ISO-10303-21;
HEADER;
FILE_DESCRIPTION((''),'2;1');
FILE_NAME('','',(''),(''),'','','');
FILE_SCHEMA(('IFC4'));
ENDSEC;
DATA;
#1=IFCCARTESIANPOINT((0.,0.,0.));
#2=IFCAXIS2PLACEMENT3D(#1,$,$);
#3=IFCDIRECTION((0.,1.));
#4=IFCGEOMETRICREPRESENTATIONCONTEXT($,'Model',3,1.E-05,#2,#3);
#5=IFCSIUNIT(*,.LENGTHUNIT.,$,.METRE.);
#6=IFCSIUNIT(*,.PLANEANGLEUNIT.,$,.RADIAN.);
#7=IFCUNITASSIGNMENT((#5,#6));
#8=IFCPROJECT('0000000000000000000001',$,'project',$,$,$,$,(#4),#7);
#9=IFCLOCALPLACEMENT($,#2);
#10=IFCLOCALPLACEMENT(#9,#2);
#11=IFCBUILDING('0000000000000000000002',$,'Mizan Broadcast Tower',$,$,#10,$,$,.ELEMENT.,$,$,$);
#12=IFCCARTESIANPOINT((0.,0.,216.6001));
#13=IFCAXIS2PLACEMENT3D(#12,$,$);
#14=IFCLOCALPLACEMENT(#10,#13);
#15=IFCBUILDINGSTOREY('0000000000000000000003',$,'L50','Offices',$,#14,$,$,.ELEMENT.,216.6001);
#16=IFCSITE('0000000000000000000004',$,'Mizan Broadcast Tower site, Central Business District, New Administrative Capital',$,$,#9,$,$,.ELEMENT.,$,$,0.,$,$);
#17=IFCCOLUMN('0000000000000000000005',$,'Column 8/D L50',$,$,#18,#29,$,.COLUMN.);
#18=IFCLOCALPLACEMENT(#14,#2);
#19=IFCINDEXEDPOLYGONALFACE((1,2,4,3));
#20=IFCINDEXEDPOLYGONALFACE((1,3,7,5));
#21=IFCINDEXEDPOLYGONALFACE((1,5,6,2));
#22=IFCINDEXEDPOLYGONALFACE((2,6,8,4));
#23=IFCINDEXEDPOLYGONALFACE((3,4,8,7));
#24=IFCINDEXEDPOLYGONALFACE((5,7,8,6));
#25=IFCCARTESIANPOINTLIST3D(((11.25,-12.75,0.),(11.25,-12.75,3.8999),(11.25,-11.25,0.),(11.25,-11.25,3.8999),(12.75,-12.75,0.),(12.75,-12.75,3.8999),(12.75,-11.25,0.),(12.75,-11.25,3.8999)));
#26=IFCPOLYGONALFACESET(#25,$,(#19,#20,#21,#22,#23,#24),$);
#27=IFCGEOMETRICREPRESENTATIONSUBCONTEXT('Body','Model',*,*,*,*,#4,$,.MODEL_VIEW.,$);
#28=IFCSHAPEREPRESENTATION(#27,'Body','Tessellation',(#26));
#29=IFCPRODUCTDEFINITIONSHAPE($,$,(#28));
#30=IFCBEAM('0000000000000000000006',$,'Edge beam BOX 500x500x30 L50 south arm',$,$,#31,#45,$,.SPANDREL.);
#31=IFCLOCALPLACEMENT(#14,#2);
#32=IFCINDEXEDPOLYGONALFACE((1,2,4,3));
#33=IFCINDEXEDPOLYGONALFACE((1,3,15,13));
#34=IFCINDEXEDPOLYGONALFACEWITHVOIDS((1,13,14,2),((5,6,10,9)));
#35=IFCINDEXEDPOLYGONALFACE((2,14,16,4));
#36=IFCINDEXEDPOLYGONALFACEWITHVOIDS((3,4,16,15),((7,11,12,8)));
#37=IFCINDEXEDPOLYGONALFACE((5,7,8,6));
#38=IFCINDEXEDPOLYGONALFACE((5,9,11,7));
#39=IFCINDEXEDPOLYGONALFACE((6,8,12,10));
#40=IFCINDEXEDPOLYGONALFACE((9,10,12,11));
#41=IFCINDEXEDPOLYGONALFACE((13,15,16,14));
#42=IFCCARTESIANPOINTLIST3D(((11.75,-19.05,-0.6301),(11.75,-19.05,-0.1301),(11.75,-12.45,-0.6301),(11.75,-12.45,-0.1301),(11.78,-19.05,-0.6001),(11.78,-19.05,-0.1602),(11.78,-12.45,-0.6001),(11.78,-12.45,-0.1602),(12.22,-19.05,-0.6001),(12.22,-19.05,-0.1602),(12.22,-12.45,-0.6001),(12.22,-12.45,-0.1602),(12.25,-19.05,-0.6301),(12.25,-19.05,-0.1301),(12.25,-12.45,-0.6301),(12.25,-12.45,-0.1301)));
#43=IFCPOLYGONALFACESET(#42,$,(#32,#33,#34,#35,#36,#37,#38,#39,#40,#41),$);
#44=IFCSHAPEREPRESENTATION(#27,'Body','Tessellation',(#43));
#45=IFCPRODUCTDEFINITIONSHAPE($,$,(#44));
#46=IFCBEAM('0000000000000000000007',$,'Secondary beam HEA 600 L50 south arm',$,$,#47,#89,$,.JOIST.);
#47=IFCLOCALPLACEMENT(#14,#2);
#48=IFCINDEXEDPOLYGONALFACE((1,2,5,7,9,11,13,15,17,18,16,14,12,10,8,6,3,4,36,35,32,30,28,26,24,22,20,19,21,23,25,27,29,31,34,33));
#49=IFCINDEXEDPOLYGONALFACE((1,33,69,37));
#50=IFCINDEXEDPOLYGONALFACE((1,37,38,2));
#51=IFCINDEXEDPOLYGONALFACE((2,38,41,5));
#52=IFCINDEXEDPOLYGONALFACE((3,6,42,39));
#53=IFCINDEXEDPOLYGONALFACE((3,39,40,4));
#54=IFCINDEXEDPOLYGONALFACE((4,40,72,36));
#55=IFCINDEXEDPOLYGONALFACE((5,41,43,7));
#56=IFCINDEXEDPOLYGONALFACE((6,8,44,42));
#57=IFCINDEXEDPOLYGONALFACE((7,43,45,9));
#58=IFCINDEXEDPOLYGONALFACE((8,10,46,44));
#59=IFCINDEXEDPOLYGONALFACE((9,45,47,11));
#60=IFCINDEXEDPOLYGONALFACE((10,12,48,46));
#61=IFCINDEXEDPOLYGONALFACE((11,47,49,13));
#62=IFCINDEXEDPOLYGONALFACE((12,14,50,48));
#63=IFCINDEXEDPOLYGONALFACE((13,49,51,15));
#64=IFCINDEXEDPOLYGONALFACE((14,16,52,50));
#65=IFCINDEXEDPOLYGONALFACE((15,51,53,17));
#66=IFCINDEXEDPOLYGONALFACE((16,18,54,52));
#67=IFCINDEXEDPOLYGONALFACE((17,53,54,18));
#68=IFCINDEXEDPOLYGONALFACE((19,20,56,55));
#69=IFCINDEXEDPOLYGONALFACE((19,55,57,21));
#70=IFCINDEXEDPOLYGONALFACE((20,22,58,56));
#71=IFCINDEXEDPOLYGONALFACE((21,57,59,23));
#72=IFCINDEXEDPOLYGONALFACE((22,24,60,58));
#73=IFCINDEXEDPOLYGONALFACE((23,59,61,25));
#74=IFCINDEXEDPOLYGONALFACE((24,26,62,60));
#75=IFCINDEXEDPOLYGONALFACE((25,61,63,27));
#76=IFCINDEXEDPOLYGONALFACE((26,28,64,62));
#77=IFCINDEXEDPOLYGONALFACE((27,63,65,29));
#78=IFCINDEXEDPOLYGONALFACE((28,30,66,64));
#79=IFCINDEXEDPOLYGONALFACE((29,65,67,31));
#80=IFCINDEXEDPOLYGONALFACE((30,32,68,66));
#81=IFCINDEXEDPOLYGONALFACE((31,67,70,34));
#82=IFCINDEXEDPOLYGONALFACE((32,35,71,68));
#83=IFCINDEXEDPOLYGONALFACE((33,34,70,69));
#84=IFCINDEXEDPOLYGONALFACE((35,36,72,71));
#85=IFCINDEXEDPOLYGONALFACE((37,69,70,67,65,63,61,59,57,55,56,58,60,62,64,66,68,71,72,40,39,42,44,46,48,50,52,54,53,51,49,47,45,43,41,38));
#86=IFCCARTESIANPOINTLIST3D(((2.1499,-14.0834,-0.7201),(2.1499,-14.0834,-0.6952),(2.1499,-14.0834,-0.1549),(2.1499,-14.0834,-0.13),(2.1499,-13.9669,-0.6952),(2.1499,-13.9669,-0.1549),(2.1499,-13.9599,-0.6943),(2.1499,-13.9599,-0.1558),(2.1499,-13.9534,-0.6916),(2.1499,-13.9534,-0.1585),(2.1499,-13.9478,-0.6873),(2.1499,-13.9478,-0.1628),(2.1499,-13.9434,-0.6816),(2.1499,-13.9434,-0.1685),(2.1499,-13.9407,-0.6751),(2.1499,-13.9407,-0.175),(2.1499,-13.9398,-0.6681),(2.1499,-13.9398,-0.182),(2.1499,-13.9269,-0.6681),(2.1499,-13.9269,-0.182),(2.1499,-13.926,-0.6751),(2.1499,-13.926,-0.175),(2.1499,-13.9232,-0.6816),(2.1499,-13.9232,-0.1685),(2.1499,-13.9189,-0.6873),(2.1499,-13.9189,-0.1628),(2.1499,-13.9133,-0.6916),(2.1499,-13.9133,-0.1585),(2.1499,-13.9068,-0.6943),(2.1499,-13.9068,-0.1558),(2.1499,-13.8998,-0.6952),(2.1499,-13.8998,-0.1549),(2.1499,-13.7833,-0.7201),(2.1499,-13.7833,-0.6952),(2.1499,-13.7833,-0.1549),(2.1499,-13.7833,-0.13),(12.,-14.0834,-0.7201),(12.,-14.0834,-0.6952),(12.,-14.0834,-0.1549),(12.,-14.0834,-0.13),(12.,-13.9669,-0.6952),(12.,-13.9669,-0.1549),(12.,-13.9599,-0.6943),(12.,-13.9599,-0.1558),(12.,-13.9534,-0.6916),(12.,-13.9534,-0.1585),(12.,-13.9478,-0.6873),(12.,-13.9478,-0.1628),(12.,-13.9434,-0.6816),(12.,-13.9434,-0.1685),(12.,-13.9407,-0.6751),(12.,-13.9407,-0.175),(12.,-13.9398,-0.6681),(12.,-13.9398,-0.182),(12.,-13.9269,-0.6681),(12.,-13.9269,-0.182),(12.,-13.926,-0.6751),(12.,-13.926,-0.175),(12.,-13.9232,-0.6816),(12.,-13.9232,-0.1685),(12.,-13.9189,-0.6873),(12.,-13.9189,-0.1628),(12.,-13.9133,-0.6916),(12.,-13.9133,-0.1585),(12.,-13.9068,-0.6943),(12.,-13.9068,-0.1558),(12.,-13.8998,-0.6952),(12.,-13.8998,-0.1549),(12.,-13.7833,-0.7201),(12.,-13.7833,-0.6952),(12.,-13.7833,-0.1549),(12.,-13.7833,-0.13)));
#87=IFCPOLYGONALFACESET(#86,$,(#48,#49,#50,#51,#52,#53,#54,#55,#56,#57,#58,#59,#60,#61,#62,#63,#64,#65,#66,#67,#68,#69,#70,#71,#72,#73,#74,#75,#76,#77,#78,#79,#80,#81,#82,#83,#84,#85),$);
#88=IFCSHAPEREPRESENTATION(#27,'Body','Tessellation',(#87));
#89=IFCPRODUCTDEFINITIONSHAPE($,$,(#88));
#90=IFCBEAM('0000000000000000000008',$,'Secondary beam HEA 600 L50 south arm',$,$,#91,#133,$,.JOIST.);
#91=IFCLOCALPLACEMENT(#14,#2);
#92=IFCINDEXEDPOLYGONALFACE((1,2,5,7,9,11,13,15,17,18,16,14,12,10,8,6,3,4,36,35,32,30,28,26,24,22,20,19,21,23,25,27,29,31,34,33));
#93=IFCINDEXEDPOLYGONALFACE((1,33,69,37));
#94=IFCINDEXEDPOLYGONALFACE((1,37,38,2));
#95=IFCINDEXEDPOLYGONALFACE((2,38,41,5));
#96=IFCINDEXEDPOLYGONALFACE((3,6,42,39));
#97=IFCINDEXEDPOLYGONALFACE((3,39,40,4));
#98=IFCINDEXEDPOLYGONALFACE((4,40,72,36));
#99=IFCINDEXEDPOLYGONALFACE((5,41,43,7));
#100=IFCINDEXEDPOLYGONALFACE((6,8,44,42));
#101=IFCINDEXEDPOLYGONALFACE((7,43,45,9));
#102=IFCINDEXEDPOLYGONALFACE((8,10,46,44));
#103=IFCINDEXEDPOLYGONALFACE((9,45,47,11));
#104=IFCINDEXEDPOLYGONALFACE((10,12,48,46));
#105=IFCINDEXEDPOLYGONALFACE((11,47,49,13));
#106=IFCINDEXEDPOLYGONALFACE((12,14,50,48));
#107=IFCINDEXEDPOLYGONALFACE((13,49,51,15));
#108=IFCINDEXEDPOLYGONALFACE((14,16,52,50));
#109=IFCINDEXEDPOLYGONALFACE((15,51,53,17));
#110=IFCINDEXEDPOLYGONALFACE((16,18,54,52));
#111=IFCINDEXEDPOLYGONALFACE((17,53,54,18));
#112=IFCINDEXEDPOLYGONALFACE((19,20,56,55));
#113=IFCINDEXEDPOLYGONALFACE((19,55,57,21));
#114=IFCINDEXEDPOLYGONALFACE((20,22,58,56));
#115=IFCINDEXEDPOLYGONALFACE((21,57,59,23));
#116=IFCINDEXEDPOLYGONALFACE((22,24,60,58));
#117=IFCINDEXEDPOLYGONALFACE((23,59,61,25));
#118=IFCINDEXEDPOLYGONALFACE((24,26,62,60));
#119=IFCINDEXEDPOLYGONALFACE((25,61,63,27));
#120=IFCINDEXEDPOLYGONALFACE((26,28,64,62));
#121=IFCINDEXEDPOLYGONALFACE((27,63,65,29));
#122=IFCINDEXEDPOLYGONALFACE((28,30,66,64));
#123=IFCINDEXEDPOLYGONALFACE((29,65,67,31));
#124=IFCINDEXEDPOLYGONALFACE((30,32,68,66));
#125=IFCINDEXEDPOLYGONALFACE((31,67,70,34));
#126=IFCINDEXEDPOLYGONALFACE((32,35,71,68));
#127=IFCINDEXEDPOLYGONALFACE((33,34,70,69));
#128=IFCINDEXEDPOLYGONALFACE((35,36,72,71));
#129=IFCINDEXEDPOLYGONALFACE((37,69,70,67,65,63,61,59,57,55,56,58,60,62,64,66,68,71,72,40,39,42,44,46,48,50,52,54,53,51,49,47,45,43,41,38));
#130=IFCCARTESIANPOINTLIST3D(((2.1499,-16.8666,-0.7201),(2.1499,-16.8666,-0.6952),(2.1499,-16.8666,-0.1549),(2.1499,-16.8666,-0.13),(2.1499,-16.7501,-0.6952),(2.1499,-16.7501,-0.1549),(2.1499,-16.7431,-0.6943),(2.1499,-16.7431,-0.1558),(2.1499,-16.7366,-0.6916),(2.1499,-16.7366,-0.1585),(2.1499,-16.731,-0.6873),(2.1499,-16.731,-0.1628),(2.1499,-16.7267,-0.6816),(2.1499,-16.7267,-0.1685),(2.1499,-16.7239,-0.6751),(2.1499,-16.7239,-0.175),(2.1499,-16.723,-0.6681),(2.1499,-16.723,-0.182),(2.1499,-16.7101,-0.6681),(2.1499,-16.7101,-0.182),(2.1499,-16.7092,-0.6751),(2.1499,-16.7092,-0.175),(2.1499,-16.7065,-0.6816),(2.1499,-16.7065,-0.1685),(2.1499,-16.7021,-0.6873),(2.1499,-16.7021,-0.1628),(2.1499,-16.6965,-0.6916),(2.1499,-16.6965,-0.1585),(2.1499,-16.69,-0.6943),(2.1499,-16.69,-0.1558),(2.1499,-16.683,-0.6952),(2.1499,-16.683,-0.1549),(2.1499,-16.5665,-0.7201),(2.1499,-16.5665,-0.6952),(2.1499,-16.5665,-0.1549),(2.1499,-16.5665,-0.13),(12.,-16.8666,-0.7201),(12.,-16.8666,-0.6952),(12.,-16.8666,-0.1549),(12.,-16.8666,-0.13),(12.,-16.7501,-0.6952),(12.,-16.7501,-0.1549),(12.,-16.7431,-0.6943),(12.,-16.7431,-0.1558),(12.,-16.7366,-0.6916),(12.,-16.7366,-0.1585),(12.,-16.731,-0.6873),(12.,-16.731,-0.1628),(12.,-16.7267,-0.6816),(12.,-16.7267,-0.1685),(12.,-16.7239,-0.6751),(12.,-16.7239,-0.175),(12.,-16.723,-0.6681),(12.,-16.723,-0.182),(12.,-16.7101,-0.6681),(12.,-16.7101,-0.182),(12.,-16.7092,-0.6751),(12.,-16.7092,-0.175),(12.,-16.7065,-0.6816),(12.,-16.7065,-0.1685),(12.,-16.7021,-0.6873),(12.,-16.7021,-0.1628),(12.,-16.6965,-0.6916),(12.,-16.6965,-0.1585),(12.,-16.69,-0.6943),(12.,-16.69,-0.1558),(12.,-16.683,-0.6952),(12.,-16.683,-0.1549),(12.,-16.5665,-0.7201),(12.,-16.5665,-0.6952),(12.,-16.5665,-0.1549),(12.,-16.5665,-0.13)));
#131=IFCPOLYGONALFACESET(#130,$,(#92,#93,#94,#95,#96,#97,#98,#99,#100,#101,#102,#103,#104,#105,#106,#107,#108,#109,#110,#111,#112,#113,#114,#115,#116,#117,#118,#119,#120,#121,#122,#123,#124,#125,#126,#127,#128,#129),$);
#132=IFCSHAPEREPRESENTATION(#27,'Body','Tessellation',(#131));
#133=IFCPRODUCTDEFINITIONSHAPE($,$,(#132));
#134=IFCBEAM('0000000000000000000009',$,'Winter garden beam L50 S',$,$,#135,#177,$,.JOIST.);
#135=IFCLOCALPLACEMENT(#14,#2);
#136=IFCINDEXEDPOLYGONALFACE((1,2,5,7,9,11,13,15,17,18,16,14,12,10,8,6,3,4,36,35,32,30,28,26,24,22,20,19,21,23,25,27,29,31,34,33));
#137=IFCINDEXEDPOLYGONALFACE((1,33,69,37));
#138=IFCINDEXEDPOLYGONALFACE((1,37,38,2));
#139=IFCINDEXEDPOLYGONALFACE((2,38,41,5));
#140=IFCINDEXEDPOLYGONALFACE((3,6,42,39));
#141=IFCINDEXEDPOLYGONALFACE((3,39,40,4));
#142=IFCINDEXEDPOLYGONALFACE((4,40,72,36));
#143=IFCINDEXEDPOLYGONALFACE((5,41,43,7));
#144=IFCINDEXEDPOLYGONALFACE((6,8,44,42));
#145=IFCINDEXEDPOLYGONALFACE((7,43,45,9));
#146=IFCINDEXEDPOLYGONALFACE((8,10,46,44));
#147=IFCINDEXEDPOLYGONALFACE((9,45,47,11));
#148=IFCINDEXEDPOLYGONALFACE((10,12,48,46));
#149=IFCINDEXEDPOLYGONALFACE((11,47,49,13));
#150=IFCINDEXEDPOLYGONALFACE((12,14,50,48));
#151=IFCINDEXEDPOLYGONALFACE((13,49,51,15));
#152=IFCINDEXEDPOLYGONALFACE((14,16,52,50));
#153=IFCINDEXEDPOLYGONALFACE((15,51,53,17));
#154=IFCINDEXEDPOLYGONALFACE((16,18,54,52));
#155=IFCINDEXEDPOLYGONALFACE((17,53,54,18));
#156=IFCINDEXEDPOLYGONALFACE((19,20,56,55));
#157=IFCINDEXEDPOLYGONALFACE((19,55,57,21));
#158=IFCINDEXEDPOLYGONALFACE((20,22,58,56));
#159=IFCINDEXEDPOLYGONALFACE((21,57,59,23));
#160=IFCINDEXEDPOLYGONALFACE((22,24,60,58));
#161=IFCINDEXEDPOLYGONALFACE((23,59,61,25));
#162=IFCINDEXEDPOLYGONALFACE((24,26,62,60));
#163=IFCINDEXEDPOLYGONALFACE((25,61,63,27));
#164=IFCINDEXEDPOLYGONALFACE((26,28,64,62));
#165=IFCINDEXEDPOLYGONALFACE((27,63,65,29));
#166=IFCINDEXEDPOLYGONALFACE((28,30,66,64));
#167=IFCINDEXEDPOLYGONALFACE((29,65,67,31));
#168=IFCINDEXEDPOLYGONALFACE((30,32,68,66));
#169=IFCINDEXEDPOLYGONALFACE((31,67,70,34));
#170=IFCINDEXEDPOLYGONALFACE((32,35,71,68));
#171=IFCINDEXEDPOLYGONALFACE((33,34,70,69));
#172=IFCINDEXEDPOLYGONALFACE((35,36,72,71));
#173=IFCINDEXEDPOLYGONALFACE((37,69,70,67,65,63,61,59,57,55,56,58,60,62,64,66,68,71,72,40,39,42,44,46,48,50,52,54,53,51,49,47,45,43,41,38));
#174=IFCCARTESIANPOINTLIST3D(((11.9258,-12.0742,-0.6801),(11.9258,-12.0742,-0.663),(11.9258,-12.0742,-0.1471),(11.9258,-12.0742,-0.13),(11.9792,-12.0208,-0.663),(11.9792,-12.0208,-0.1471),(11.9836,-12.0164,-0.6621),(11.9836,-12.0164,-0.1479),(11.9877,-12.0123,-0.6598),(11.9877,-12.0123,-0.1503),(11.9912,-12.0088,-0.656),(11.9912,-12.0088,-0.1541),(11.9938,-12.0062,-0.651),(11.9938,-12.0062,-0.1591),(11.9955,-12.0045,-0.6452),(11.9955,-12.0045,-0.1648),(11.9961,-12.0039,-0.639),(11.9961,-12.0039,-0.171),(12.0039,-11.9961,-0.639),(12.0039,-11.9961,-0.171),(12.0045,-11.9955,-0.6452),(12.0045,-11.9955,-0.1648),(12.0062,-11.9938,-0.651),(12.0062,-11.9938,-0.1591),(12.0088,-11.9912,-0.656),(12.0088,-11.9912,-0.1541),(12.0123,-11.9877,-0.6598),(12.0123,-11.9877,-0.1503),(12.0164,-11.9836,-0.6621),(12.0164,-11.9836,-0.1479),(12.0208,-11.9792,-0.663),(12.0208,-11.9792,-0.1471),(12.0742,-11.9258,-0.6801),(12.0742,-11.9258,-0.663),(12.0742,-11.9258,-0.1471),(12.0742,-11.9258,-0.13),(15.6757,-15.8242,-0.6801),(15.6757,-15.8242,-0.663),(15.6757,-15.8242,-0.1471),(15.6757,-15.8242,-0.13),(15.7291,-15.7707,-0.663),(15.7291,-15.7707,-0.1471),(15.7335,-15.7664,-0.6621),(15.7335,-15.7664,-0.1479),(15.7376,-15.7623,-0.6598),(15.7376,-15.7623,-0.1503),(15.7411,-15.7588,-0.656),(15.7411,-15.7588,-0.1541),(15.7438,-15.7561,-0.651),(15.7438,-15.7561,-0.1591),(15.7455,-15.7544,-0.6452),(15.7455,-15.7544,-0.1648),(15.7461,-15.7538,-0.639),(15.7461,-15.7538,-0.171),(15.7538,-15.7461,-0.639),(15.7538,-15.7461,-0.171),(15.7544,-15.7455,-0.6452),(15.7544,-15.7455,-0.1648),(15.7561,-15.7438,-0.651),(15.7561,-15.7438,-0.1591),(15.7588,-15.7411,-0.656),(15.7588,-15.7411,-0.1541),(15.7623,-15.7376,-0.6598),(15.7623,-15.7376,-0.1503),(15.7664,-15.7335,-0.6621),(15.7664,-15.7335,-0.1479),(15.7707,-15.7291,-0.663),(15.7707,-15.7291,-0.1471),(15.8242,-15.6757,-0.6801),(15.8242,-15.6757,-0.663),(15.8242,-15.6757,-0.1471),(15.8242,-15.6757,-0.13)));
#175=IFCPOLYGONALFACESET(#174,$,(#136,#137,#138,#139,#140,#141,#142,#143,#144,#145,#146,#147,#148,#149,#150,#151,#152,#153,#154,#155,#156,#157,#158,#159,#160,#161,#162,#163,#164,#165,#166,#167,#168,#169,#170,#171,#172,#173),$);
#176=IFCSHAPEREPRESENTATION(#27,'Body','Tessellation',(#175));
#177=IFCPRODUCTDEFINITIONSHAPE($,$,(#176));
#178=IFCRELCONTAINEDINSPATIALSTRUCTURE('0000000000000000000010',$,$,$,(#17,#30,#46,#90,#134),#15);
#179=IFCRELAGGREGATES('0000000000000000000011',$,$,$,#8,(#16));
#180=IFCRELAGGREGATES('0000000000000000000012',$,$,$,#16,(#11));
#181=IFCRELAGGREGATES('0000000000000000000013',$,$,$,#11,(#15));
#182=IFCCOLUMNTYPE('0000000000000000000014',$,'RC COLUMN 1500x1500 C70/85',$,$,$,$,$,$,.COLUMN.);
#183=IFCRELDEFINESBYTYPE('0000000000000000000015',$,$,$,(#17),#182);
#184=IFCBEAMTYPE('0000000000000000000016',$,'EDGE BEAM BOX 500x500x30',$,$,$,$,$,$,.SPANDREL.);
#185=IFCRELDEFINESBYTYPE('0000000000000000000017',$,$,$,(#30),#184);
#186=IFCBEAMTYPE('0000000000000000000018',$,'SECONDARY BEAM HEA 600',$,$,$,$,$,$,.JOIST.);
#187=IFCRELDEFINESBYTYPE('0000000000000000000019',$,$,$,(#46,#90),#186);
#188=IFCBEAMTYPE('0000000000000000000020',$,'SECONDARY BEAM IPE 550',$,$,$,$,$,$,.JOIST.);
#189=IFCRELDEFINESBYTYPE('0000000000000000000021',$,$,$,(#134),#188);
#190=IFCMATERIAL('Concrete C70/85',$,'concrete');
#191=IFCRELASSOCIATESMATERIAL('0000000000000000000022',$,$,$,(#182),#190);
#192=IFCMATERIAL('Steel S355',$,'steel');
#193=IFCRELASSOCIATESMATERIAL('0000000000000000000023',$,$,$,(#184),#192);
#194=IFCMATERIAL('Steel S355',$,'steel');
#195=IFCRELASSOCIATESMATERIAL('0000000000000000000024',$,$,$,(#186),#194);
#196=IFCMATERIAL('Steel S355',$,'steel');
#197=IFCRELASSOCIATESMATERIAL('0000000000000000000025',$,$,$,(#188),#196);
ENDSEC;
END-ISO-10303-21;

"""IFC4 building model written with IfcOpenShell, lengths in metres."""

from ifc_helpers import new_model, si_unit, direction, frame, origin, origin_2d, place, context, subcontext, project, spatial, rectangle, hollow_rectangle, i_section, extrude, material, material_profile, profile_set, type_object, element, save


model = new_model("IFC4")

# Units and contexts
model_context = context("Model", 3, precision=1e-05, world=origin(), true_north=direction((0.0, 1.0)))
body_context = subcontext(model_context, "Body", "Model", "MODEL_VIEW")
ifc_project = project(units=[si_unit("LENGTHUNIT", "METRE"), si_unit("PLANEANGLEUNIT", "RADIAN")], contexts=[model_context])

# Site, building, storey
site_placement = place(None, origin())
site = spatial("IfcSite", under=ifc_project, at=site_placement, Name="Mizan Broadcast Tower site, Central Business District, New Administrative Capital", CompositionType="ELEMENT", RefElevation=0.0)
building_placement = place(site_placement, origin())
building = spatial("IfcBuilding", under=site, at=building_placement, Name="Mizan Broadcast Tower", CompositionType="ELEMENT")
storey_placement = place(building_placement, frame((0.0, 0.0, 216.6001)))
storey = spatial("IfcBuildingStorey", under=building, at=storey_placement, Name="L50", Description="Offices", CompositionType="ELEMENT", Elevation=216.6001)

# Column
ifc_material_1 = material(Name="Concrete C70/85", Category="concrete")
ifc_material_profile_1 = material_profile(ifc_material_1, rectangle(XDim=1.5, YDim=1.5, at=origin_2d()), Name="RC 1500x1500")
ifc_profile_set_1 = profile_set([ifc_material_profile_1], Name="Concrete C70/85")
column_type = type_object("IfcColumnType", Name="RC COLUMN 1500x1500 C70/85", PredefinedType="COLUMN", material=ifc_profile_set_1)
column_placement = place(storey_placement, frame((12.0, -12.0, 0.0), z_axis=(0.0, 0.0, 1.0), x_axis=(1.0, 0.0, 0.0)))
element("IfcColumn", 1, at=column_placement, inside=storey, type_object=column_type, Name="Column 8/D L50", PredefinedType="COLUMN", context=body_context, shape_type="SweptSolid", body=[
    extrude(rectangle(XDim=1.5, YDim=1.5, at=origin_2d()), origin(), (0.0, 0.0, 1.0), 3.8999),
])

# Beams
ifc_material_2 = material(Name="Steel S355", Category="steel")
ifc_material_profile_2 = material_profile(ifc_material_2, hollow_rectangle(XDim=0.5, YDim=0.5, WallThickness=0.03, at=origin_2d()), Name="BOX 500x500x30")
ifc_profile_set_2 = profile_set([ifc_material_profile_2], Name="Steel S355")
beam_type_1 = type_object("IfcBeamType", Name="EDGE BEAM BOX 500x500x30", PredefinedType="SPANDREL", material=ifc_profile_set_2)
beam_1_placement = place(storey_placement, frame((12.0, -12.45, -0.3801), z_axis=(0.0, -1.0, 0.0), x_axis=(1.0, 0.0, 0.0)))
element("IfcBeam", 2, at=beam_1_placement, inside=storey, type_object=beam_type_1, Name="Edge beam BOX 500x500x30 L50 south arm", PredefinedType="SPANDREL", context=body_context, shape_type="SweptSolid", body=[
    extrude(hollow_rectangle(XDim=0.5, YDim=0.5, WallThickness=0.03, at=origin_2d()), origin(), (0.0, 0.0, 1.0), 6.6001),
])
ifc_material_3 = material(Name="Steel S355", Category="steel")
ifc_material_profile_3 = material_profile(ifc_material_3, i_section(OverallWidth=0.3, OverallDepth=0.5901, WebThickness=0.0129, FlangeThickness=0.0249, FilletRadius=0.0271, at=origin_2d()), Name="HEA 600")
ifc_profile_set_3 = profile_set([ifc_material_profile_3], Name="Steel S355")
beam_type_2 = type_object("IfcBeamType", Name="SECONDARY BEAM HEA 600", PredefinedType="JOIST", material=ifc_profile_set_3)
for number, where, z_axis, x_axis, name in (
    (3, (12.0, -13.9333, -0.425), (-1.0, 0.0, 0.0), (0.0, -1.0, 0.0), "Secondary beam HEA 600 L50 south arm"),
    (4, (12.0, -16.7166, -0.425), (-1.0, 0.0, 0.0), (0.0, -1.0, 0.0), "Secondary beam HEA 600 L50 south arm"),
):
    element("IfcBeam", number, at=place(storey_placement, frame(where, z_axis=z_axis, x_axis=x_axis)), inside=storey, type_object=beam_type_2, Name=name, PredefinedType="JOIST", context=body_context, shape_type="SweptSolid", body=[
        extrude(i_section(OverallWidth=0.3, OverallDepth=0.5901, WebThickness=0.0129, FlangeThickness=0.0249, FilletRadius=0.0271, at=origin_2d()), origin(), (0.0, 0.0, 1.0), 9.8501),
    ])
ifc_material_4 = material(Name="Steel S355", Category="steel")
ifc_material_profile_4 = material_profile(ifc_material_4, i_section(OverallWidth=0.21, OverallDepth=0.55, WebThickness=0.011, FlangeThickness=0.0171, FilletRadius=0.0239, at=origin_2d()), Name="IPE 550")
ifc_profile_set_4 = profile_set([ifc_material_profile_4], Name="Steel S355")
beam_type_3 = type_object("IfcBeamType", Name="SECONDARY BEAM IPE 550", PredefinedType="JOIST", material=ifc_profile_set_4)
beam_2_placement = place(storey_placement, frame((12.0, -12.0, -0.405), z_axis=(0.707107, -0.707107, 0.0), x_axis=(0.707107, 0.707107, 0.0)))
element("IfcBeam", 5, at=beam_2_placement, inside=storey, type_object=beam_type_3, Name="Winter garden beam L50 S", PredefinedType="JOIST", context=body_context, shape_type="SweptSolid", body=[
    extrude(i_section(OverallWidth=0.21, OverallDepth=0.55, WebThickness=0.011, FlangeThickness=0.0171, FilletRadius=0.0239, at=origin_2d()), origin(), (0.0, 0.0, 1.0), 5.3032),
])

save(model, "model.ifc")
